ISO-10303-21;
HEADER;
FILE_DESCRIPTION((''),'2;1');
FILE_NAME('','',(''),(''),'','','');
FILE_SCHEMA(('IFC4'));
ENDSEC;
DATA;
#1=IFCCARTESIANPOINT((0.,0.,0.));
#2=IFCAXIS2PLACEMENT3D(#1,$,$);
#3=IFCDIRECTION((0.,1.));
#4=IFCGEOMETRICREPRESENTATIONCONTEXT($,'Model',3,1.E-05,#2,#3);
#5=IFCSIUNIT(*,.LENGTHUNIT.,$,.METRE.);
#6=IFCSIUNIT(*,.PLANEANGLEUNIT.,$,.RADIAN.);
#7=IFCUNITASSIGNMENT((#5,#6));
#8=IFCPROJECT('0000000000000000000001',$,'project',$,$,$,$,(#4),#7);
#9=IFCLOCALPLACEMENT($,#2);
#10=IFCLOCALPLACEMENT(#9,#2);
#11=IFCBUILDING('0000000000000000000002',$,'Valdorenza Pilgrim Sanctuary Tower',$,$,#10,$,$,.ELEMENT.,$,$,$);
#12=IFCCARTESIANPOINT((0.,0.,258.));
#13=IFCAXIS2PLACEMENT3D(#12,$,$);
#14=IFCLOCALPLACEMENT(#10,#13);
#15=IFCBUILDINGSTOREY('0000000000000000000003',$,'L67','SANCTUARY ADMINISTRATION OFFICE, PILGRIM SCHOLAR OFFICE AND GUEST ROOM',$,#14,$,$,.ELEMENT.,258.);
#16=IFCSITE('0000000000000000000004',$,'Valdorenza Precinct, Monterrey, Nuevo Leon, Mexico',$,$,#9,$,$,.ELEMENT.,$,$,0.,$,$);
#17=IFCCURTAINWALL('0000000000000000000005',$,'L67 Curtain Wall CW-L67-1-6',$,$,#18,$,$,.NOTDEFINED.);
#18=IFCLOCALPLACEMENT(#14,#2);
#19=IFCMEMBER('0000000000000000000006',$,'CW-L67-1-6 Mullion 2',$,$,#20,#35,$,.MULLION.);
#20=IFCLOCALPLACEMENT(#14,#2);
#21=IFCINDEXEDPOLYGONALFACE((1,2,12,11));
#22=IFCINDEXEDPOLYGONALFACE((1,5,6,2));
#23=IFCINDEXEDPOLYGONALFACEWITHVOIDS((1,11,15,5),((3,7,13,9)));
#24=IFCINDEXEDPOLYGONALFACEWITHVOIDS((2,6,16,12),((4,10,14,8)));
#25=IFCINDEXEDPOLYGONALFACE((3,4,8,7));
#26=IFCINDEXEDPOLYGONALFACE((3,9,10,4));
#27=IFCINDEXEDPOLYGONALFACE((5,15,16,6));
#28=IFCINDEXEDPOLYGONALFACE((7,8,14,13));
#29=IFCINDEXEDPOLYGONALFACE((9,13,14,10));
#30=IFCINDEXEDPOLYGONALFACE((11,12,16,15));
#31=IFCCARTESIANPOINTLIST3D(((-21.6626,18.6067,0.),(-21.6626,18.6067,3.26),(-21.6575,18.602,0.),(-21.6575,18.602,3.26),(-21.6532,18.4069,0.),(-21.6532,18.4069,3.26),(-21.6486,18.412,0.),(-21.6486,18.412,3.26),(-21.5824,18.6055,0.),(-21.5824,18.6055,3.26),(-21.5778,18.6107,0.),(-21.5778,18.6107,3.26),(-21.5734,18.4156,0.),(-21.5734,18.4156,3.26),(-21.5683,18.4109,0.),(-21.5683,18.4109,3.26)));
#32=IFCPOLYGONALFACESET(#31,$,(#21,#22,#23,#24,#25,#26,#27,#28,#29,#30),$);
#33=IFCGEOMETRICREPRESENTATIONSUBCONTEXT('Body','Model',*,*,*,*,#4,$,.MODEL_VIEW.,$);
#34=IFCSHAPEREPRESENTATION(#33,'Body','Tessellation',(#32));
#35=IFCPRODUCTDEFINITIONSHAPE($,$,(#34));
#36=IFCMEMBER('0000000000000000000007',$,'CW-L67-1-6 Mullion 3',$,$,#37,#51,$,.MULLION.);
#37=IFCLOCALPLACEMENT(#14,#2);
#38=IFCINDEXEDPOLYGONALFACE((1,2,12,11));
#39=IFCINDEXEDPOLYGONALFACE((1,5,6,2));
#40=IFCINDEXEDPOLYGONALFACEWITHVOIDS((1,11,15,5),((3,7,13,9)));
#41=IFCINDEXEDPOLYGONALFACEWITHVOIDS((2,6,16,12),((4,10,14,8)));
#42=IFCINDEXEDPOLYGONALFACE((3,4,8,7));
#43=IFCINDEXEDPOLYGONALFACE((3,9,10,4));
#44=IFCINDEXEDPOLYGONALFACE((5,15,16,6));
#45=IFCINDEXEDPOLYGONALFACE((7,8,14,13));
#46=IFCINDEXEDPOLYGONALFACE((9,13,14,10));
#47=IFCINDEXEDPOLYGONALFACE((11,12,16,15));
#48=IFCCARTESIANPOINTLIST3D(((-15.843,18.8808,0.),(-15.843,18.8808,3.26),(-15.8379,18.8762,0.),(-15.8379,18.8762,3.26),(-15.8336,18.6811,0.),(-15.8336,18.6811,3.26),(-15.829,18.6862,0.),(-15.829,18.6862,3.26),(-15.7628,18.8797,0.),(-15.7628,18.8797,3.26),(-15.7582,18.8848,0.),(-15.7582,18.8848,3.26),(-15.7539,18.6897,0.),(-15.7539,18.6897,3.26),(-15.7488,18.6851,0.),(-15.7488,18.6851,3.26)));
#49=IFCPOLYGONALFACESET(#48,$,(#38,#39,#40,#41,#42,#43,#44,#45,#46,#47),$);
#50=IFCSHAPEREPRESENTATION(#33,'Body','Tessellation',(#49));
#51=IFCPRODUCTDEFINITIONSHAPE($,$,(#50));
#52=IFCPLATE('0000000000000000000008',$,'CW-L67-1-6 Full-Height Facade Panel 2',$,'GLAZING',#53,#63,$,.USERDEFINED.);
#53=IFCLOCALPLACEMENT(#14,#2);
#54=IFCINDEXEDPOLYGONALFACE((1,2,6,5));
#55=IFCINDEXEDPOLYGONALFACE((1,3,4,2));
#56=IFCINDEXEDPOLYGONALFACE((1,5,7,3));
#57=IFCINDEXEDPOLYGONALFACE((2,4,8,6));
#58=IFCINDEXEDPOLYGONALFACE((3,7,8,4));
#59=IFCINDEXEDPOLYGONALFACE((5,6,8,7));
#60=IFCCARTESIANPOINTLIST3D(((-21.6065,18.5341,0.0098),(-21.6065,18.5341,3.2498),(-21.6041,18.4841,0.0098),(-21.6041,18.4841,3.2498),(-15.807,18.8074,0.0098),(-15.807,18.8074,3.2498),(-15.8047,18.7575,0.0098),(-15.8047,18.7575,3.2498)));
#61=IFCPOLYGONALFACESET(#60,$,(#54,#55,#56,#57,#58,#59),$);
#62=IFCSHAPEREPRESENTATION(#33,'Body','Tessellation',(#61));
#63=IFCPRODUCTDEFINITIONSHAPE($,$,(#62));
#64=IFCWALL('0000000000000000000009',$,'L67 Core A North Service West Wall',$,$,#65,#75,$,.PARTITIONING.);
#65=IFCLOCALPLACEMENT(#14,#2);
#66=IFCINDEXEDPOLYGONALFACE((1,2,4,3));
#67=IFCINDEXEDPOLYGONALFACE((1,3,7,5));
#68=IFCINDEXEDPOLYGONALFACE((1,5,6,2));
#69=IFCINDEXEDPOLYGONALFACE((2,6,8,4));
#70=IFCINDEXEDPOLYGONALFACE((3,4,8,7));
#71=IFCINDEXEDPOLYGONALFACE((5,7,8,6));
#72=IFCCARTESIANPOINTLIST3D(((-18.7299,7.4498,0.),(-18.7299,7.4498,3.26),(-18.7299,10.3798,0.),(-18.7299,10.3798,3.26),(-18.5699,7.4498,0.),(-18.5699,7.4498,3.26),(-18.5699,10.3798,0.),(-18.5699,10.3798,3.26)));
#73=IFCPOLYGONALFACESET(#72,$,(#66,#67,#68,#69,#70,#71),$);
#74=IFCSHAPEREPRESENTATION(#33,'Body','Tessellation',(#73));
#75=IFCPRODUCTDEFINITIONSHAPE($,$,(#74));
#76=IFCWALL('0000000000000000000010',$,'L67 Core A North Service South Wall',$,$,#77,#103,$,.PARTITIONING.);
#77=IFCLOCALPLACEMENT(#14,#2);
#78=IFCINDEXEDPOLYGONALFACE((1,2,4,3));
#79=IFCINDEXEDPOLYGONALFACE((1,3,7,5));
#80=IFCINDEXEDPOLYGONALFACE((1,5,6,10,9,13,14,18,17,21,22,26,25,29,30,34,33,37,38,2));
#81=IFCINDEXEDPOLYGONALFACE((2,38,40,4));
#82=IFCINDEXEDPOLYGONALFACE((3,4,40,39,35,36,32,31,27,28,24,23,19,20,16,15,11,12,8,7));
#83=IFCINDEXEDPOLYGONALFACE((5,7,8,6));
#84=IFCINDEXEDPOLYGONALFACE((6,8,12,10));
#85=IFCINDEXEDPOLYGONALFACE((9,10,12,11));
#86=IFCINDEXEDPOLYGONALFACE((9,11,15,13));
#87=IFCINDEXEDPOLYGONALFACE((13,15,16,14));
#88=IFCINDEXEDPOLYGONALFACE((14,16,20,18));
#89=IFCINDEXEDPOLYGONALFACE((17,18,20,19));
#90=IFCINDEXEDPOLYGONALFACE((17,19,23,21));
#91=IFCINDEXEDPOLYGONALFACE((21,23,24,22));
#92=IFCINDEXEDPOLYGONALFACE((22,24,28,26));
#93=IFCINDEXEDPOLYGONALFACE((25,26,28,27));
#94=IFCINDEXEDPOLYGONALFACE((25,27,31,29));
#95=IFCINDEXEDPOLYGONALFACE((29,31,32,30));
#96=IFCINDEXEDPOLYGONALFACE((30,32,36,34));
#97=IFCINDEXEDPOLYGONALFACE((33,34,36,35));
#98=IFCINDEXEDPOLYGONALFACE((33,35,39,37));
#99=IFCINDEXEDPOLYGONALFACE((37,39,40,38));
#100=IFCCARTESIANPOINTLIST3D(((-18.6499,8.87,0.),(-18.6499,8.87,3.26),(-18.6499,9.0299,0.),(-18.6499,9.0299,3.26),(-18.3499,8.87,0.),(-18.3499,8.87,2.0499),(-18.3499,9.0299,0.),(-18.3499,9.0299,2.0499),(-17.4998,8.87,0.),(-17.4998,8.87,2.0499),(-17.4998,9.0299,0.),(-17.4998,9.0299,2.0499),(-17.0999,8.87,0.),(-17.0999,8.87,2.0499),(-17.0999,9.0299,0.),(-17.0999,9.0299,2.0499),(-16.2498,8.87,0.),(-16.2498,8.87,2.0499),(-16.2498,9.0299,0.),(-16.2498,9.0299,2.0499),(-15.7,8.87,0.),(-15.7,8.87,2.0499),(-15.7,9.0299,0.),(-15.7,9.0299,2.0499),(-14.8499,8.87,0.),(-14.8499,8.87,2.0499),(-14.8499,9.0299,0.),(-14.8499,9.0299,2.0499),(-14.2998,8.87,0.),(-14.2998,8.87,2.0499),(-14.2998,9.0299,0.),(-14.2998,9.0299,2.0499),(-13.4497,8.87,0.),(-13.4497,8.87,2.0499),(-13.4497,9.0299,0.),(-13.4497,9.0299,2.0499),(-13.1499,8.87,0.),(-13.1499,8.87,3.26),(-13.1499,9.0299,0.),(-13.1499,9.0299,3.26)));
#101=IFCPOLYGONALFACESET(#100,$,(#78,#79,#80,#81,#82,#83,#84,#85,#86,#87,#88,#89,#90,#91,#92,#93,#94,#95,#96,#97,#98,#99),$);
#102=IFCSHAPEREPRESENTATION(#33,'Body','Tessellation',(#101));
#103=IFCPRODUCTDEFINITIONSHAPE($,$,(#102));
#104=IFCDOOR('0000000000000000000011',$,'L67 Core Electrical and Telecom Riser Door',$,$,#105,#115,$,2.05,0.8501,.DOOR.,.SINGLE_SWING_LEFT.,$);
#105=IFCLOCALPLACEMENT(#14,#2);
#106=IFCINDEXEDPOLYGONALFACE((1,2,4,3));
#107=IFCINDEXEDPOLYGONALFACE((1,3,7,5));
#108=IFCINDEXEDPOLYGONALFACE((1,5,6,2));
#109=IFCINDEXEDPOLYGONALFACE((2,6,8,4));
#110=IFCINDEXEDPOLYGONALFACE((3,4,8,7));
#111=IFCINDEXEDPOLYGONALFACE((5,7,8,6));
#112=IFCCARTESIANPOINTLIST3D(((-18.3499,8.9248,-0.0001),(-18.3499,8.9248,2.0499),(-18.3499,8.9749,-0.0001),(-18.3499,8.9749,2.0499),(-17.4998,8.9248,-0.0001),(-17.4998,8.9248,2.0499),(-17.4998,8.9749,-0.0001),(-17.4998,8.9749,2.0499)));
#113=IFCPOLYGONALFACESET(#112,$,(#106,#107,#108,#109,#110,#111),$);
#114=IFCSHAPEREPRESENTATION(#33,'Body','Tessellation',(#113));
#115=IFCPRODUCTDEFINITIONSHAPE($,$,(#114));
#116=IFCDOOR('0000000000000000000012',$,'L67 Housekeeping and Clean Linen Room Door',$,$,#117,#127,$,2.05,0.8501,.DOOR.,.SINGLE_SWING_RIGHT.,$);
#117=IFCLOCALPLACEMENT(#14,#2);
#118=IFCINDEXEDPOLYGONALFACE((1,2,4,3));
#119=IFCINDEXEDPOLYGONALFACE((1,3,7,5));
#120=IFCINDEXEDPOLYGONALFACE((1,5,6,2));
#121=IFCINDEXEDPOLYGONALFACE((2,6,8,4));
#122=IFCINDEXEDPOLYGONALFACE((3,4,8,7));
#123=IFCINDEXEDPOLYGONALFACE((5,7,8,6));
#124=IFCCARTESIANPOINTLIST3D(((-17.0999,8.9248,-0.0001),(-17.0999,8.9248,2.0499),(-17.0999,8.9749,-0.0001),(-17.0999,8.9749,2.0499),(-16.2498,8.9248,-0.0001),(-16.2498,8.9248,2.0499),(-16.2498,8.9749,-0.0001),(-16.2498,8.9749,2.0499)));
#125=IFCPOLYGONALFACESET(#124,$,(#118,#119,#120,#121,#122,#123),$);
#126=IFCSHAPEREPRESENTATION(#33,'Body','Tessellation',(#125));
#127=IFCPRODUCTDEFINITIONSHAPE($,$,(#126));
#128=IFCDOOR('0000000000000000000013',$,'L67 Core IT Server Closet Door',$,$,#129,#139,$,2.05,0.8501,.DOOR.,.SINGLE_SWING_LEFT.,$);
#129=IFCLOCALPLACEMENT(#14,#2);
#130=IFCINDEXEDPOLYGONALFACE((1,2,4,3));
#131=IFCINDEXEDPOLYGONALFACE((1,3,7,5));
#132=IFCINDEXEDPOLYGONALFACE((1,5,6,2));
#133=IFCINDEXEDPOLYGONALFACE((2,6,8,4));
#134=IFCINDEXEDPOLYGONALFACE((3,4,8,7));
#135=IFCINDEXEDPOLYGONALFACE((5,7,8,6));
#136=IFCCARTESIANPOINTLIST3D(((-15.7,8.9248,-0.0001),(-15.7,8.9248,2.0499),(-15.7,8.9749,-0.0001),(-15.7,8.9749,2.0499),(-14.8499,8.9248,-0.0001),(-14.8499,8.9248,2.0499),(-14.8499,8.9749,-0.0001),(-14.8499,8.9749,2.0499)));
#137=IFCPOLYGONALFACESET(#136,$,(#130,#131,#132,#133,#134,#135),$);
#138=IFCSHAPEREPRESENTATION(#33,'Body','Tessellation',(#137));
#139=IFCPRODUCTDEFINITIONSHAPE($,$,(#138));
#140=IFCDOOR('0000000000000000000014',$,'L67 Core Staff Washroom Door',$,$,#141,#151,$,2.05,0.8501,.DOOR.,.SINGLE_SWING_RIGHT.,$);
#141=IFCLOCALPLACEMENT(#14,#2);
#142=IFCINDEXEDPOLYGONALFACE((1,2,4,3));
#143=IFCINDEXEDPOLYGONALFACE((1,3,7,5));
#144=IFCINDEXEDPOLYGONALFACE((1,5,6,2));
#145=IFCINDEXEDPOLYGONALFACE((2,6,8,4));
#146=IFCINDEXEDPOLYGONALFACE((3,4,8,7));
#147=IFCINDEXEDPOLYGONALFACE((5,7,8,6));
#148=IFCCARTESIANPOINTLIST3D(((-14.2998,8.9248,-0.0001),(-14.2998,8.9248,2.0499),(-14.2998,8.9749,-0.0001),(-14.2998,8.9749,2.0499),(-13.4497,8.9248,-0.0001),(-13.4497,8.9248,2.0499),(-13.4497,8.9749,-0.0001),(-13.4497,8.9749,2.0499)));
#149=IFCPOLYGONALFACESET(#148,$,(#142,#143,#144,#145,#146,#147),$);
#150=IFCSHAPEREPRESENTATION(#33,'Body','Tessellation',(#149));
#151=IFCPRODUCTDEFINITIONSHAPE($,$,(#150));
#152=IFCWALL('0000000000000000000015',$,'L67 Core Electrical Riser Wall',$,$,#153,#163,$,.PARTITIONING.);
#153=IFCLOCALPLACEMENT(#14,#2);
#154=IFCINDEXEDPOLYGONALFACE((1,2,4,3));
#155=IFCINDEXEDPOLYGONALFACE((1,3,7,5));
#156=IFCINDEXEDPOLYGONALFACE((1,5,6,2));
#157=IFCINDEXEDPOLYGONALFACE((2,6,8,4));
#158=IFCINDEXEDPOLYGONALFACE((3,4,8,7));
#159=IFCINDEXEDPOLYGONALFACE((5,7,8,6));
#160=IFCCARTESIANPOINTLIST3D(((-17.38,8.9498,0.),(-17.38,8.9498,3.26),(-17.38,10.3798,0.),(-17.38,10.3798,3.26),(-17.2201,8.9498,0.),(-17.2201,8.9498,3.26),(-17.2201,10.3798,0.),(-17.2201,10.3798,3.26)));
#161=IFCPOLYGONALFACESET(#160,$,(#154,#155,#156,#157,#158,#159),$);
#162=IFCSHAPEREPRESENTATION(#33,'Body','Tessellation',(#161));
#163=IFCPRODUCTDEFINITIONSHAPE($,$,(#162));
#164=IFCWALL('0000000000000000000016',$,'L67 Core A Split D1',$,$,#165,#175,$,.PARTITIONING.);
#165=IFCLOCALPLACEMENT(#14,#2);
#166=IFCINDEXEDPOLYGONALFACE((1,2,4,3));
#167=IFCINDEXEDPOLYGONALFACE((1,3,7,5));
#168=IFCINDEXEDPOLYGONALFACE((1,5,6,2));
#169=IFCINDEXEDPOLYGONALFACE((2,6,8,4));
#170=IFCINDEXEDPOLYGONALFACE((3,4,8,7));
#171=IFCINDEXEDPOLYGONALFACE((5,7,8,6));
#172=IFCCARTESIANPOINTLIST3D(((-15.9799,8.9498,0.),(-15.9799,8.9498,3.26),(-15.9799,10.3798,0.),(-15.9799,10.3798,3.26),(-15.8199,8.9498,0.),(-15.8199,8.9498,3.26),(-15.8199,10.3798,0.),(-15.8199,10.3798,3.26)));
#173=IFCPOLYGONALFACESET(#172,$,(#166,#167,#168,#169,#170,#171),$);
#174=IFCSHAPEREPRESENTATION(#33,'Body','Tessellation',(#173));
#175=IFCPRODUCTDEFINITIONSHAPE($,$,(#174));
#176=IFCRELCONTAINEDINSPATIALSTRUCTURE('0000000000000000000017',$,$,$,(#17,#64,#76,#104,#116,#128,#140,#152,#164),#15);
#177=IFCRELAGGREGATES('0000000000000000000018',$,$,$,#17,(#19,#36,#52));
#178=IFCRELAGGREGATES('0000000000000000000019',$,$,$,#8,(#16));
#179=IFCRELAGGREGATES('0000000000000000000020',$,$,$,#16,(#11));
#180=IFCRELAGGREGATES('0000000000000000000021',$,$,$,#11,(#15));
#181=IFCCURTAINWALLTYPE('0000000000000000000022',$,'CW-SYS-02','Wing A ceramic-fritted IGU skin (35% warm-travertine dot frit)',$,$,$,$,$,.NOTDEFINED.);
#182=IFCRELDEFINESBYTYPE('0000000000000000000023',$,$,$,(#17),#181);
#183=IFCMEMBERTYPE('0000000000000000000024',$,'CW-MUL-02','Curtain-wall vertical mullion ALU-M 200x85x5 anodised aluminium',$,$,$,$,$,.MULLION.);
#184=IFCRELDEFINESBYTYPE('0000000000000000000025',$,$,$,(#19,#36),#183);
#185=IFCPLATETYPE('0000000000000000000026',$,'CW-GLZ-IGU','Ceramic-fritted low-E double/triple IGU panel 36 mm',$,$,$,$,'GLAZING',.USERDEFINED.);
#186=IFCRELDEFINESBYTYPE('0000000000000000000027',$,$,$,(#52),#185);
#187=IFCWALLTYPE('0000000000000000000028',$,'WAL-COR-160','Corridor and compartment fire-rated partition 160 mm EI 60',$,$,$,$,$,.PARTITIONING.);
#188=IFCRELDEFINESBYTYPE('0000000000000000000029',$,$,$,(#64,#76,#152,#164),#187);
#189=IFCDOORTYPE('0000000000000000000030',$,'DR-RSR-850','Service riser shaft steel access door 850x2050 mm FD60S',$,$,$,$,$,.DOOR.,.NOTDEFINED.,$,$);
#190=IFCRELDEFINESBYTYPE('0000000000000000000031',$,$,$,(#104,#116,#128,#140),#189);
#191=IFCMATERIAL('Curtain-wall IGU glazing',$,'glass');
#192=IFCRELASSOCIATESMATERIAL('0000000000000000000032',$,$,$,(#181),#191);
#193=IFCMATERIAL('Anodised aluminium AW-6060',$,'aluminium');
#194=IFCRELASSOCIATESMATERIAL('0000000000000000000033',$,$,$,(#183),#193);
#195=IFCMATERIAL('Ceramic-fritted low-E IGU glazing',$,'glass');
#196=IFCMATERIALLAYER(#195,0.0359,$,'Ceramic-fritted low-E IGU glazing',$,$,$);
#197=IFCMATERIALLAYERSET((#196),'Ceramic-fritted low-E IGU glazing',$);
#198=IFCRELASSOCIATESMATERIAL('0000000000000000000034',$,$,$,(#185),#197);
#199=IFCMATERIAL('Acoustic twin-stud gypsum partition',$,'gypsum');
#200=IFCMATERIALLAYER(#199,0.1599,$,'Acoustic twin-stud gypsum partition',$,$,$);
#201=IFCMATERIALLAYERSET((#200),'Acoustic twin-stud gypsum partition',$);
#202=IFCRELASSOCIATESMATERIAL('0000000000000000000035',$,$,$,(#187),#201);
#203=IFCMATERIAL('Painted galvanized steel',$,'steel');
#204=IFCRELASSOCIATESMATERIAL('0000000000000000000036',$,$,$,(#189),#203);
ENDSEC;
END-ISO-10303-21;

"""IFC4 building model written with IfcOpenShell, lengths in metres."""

from ifc_helpers import new_model, si_unit, direction, frame, frame_2d, origin, origin_2d, place, context, subcontext, project, spatial, rectangle, hollow_rectangle, extrude, source, transform, mapped, material, layer, layer_set, material_profile, profile_set, type_object, element, fill, aggregate, save


model = new_model("IFC4")

# Units and contexts
model_context = context("Model", 3, precision=1e-05, world=origin(), true_north=direction((0.0, 1.0)))
body_context = subcontext(model_context, "Body", "Model", "MODEL_VIEW")
ifc_project = project(units=[si_unit("LENGTHUNIT", "METRE"), si_unit("PLANEANGLEUNIT", "RADIAN")], contexts=[model_context])

# Site, building, storey
site_placement = place(None, origin())
site = spatial("IfcSite", under=ifc_project, at=site_placement, Name="Valdorenza Precinct, Monterrey, Nuevo Leon, Mexico", CompositionType="ELEMENT", RefElevation=0.0)
building_placement = place(site_placement, origin())
building = spatial("IfcBuilding", under=site, at=building_placement, Name="Valdorenza Pilgrim Sanctuary Tower", CompositionType="ELEMENT")
storey_placement = place(building_placement, frame((0.0, 0.0, 258.0)))
storey = spatial("IfcBuildingStorey", under=building, at=storey_placement, Name="L67", Description="SANCTUARY ADMINISTRATION OFFICE, PILGRIM SCHOLAR OFFICE AND GUEST ROOM", CompositionType="ELEMENT", Elevation=258.0)

# Curtain wall, members, plate
ifc_material_1 = material(Name="Curtain-wall IGU glazing", Category="glass")
curtain_wall_type = type_object("IfcCurtainWallType", Name="CW-SYS-02", Description="Wing A ceramic-fritted IGU skin (35% warm-travertine dot frit)", PredefinedType="NOTDEFINED", material=ifc_material_1)
curtain_wall_placement = place(storey_placement, origin())
curtain_wall = element("IfcCurtainWall", 1, at=curtain_wall_placement, inside=storey, type_object=curtain_wall_type, Name="L67 Curtain Wall CW-L67-1-6", PredefinedType="NOTDEFINED")
ifc_material_2 = material(Name="Anodised aluminium AW-6060", Category="aluminium")
ifc_material_profile = material_profile(ifc_material_2, hollow_rectangle(XDim=0.085, YDim=0.2, WallThickness=0.0049, at=origin_2d()), Name="ALU-M 200x85x5")
ifc_profile_set = profile_set([ifc_material_profile], Name="Anodised aluminium AW-6060")
member_type = type_object("IfcMemberType", Name="CW-MUL-02", Description="Curtain-wall vertical mullion ALU-M 200x85x5 anodised aluminium", PredefinedType="MULLION", material=ifc_profile_set)
shared_shape_1 = source(origin(), body_context, "Body", "SweptSolid", [
    extrude(hollow_rectangle(XDim=0.085, YDim=0.2, WallThickness=0.0049, at=origin_2d()), origin(), (0.0, 0.0, 1.0), 3.26),
])
member_1_placement = place(storey_placement, frame((-21.6155, 18.5088, 0.0), z_axis=(0.0, 0.0, 1.0), x_axis=(0.998891, 0.047089, 0.0)))
member_1 = element("IfcMember", 2, at=member_1_placement, type_object=member_type, Name="CW-L67-1-6 Mullion 2", PredefinedType="MULLION", context=body_context, shape_type="MappedRepresentation", body=[
    mapped(shared_shape_1, transform((0.0, 0.0, 0.0), x_axis=(1.0, 0.0, 0.0), y_axis=(0.0, 1.0, 0.0), z_axis=(0.0, 0.0, 1.0), scale=1.0)),
])
member_2_placement = place(storey_placement, frame((-15.7959, 18.783, 0.0), z_axis=(0.0, 0.0, 1.0), x_axis=(0.998891, 0.047089, 0.0)))
member_2 = element("IfcMember", 3, at=member_2_placement, type_object=member_type, Name="CW-L67-1-6 Mullion 3", PredefinedType="MULLION", context=body_context, shape_type="MappedRepresentation", body=[
    mapped(shared_shape_1, transform((0.0, 0.0, 0.0), x_axis=(1.0, 0.0, 0.0), y_axis=(0.0, 1.0, 0.0), z_axis=(0.0, 0.0, 1.0), scale=1.0)),
])
ifc_material_3 = material(Name="Ceramic-fritted low-E IGU glazing", Category="glass")
ifc_layer_1 = layer(ifc_material_3, 0.0359, Name="Ceramic-fritted low-E IGU glazing")
ifc_layer_set_1 = layer_set([ifc_layer_1], Name="Ceramic-fritted low-E IGU glazing")
plate_type = type_object("IfcPlateType", Name="CW-GLZ-IGU", Description="Ceramic-fritted low-E double/triple IGU panel 36 mm", ElementType="GLAZING", PredefinedType="USERDEFINED", material=ifc_layer_set_1)
shared_shape_2 = source(origin(), body_context, "Body", "SweptSolid", [
    extrude(rectangle(XDim=5.8059, YDim=0.05, at=origin_2d()), origin(), (0.0, 0.0, 1.0), 3.24),
])
plate_placement = place(storey_placement, frame((-18.7056, 18.6458, 0.0098), z_axis=(0.0, 0.0, 1.0), x_axis=(0.998891, 0.047089, 0.0)))
plate = element("IfcPlate", 4, at=plate_placement, type_object=plate_type, Name="CW-L67-1-6 Full-Height Facade Panel 2", ObjectType="GLAZING", PredefinedType="USERDEFINED", context=body_context, shape_type="MappedRepresentation", body=[
    mapped(shared_shape_2, transform((0.0, 0.0, 0.0), x_axis=(1.0, 0.0, 0.0), y_axis=(0.0, 1.0, 0.0), z_axis=(0.0, 0.0, 1.0), scale=1.0)),
])
aggregate(curtain_wall, [member_1, member_2, plate])

# Wall
ifc_material_4 = material(Name="Acoustic twin-stud gypsum partition", Category="gypsum")
ifc_layer_2 = layer(ifc_material_4, 0.1599, Name="Acoustic twin-stud gypsum partition")
ifc_layer_set_2 = layer_set([ifc_layer_2], Name="Acoustic twin-stud gypsum partition")
wall_type_1 = type_object("IfcWallType", Name="WAL-COR-160", Description="Corridor and compartment fire-rated partition 160 mm EI 60", PredefinedType="PARTITIONING", material=ifc_layer_set_2)
wall_1_placement = place(storey_placement, frame((-18.6499, 7.45, 0.0), z_axis=(0.0, 0.0, 1.0), x_axis=(0.0, 1.0, 0.0)))
element("IfcWall", 5, at=wall_1_placement, inside=storey, type_object=wall_type_1, Name="L67 Core A North Service West Wall", PredefinedType="PARTITIONING", context=body_context, shape_type="SweptSolid", body=[
    extrude(rectangle(XDim=2.9299, YDim=0.1599, at=frame_2d((1.4648, 0.0))), origin(), (0.0, 0.0, 1.0), 3.26),
])

# Wall, openings, doors
wall_2_placement = place(storey_placement, frame((-18.6499, 8.95, 0.0), z_axis=(0.0, 0.0, 1.0), x_axis=(1.0, 0.0, 0.0)))
wall_2 = element("IfcWall", 6, at=wall_2_placement, inside=storey, type_object=wall_type_1, Name="L67 Core A North Service South Wall", PredefinedType="PARTITIONING", context=body_context, shape_type="SweptSolid", body=[
    extrude(rectangle(XDim=5.5, YDim=0.1599, at=frame_2d((2.75, 0.0))), origin(), (0.0, 0.0, 1.0), 3.26),
])
opening_1_placement = place(wall_2_placement, frame((0.3, 0.0, 0.0)))
opening_1 = element("IfcOpeningElement", 7, at=opening_1_placement, cuts=wall_2, PredefinedType="OPENING", context=body_context, shape_type="SweptSolid", body=[
    extrude(rectangle(XDim=0.8501, YDim=2.05, at=frame_2d((0.425, 1.0249))), frame((0.0, 0.0947, 0.0), z_axis=(0.0, -1.0, 0.0), x_axis=(1.0, 0.0, 0.0)), (0.0, 0.0, 1.0), 0.1897),
])
opening_2_placement = place(wall_2_placement, frame((1.55, 0.0, 0.0)))
opening_2 = element("IfcOpeningElement", 8, at=opening_2_placement, cuts=wall_2, PredefinedType="OPENING", context=body_context, shape_type="SweptSolid", body=[
    extrude(rectangle(XDim=0.8501, YDim=2.05, at=frame_2d((0.425, 1.0249))), frame((0.0, 0.0947, 0.0), z_axis=(0.0, -1.0, 0.0), x_axis=(1.0, 0.0, 0.0)), (0.0, 0.0, 1.0), 0.1897),
])
opening_3_placement = place(wall_2_placement, frame((2.95, 0.0, 0.0)))
opening_3 = element("IfcOpeningElement", 9, at=opening_3_placement, cuts=wall_2, PredefinedType="OPENING", context=body_context, shape_type="SweptSolid", body=[
    extrude(rectangle(XDim=0.8501, YDim=2.05, at=frame_2d((0.425, 1.0249))), frame((0.0, 0.0947, 0.0), z_axis=(0.0, -1.0, 0.0), x_axis=(1.0, 0.0, 0.0)), (0.0, 0.0, 1.0), 0.1897),
])
opening_4_placement = place(wall_2_placement, frame((4.3501, 0.0, 0.0)))
opening_4 = element("IfcOpeningElement", 10, at=opening_4_placement, cuts=wall_2, PredefinedType="OPENING", context=body_context, shape_type="SweptSolid", body=[
    extrude(rectangle(XDim=0.8501, YDim=2.05, at=frame_2d((0.425, 1.0249))), frame((0.0, 0.0947, 0.0), z_axis=(0.0, -1.0, 0.0), x_axis=(1.0, 0.0, 0.0)), (0.0, 0.0, 1.0), 0.1897),
])
ifc_material_5 = material(Name="Painted galvanized steel", Category="steel")
door_type_1 = type_object("IfcDoorType", Name="DR-RSR-850", Description="Service riser shaft steel access door 850x2050 mm FD60S", OperationType="NOTDEFINED", PredefinedType="DOOR", material=ifc_material_5)
door_1_placement = place(opening_1_placement, origin())
door_1 = element("IfcDoor", 11, at=door_1_placement, inside=storey, type_object=door_type_1, Name="L67 Core Electrical and Telecom Riser Door", OperationType="SINGLE_SWING_LEFT", OverallHeight=2.05, OverallWidth=0.8501, PredefinedType="DOOR", context=body_context, shape_type="SweptSolid", body=[
    extrude(rectangle(XDim=0.8501, YDim=2.05, at=frame_2d((0.425, 1.0249))), frame((0.0, 0.0249, 0.0), z_axis=(0.0, -1.0, 0.0), x_axis=(1.0, 0.0, 0.0)), (0.0, 0.0, 1.0), 0.05),
])
fill(opening_1, door_1)
door_2_placement = place(opening_2_placement, origin())
door_2 = element("IfcDoor", 12, at=door_2_placement, inside=storey, type_object=door_type_1, Name="L67 Housekeeping and Clean Linen Room Door", OperationType="SINGLE_SWING_RIGHT", OverallHeight=2.05, OverallWidth=0.8501, PredefinedType="DOOR", context=body_context, shape_type="SweptSolid", body=[
    extrude(rectangle(XDim=0.8501, YDim=2.05, at=frame_2d((0.425, 1.0249))), frame((0.0, 0.0249, 0.0), z_axis=(0.0, -1.0, 0.0), x_axis=(1.0, 0.0, 0.0)), (0.0, 0.0, 1.0), 0.05),
])
fill(opening_2, door_2)
door_3_placement = place(opening_3_placement, origin())
door_3 = element("IfcDoor", 13, at=door_3_placement, inside=storey, type_object=door_type_1, Name="L67 Core IT Server Closet Door", OperationType="SINGLE_SWING_LEFT", OverallHeight=2.05, OverallWidth=0.8501, PredefinedType="DOOR", context=body_context, shape_type="SweptSolid", body=[
    extrude(rectangle(XDim=0.8501, YDim=2.05, at=frame_2d((0.425, 1.0249))), frame((0.0, 0.0249, 0.0), z_axis=(0.0, -1.0, 0.0), x_axis=(1.0, 0.0, 0.0)), (0.0, 0.0, 1.0), 0.05),
])
fill(opening_3, door_3)
door_4_placement = place(opening_4_placement, origin())
door_4 = element("IfcDoor", 14, at=door_4_placement, inside=storey, type_object=door_type_1, Name="L67 Core Staff Washroom Door", OperationType="SINGLE_SWING_RIGHT", OverallHeight=2.05, OverallWidth=0.8501, PredefinedType="DOOR", context=body_context, shape_type="SweptSolid", body=[
    extrude(rectangle(XDim=0.8501, YDim=2.05, at=frame_2d((0.425, 1.0249))), frame((0.0, 0.0249, 0.0), z_axis=(0.0, -1.0, 0.0), x_axis=(1.0, 0.0, 0.0)), (0.0, 0.0, 1.0), 0.05),
])
fill(opening_4, door_4)

# Walls
for number, where, z_axis, x_axis, name in (
    (15, (-17.3, 8.95, 0.0), (0.0, 0.0, 1.0), (0.0, 1.0, 0.0), "L67 Core Electrical Riser Wall"),
    (16, (-15.8999, 8.95, 0.0), (0.0, 0.0, 1.0), (0.0, 1.0, 0.0), "L67 Core A Split D1"),
):
    element("IfcWall", number, at=place(storey_placement, frame(where, z_axis=z_axis, x_axis=x_axis)), inside=storey, type_object=wall_type_1, Name=name, PredefinedType="PARTITIONING", context=body_context, shape_type="SweptSolid", body=[
        extrude(rectangle(XDim=1.4299, YDim=0.1599, at=frame_2d((0.7148, 0.0))), origin(), (0.0, 0.0, 1.0), 3.26),
    ])

save(model, "model.ifc")
